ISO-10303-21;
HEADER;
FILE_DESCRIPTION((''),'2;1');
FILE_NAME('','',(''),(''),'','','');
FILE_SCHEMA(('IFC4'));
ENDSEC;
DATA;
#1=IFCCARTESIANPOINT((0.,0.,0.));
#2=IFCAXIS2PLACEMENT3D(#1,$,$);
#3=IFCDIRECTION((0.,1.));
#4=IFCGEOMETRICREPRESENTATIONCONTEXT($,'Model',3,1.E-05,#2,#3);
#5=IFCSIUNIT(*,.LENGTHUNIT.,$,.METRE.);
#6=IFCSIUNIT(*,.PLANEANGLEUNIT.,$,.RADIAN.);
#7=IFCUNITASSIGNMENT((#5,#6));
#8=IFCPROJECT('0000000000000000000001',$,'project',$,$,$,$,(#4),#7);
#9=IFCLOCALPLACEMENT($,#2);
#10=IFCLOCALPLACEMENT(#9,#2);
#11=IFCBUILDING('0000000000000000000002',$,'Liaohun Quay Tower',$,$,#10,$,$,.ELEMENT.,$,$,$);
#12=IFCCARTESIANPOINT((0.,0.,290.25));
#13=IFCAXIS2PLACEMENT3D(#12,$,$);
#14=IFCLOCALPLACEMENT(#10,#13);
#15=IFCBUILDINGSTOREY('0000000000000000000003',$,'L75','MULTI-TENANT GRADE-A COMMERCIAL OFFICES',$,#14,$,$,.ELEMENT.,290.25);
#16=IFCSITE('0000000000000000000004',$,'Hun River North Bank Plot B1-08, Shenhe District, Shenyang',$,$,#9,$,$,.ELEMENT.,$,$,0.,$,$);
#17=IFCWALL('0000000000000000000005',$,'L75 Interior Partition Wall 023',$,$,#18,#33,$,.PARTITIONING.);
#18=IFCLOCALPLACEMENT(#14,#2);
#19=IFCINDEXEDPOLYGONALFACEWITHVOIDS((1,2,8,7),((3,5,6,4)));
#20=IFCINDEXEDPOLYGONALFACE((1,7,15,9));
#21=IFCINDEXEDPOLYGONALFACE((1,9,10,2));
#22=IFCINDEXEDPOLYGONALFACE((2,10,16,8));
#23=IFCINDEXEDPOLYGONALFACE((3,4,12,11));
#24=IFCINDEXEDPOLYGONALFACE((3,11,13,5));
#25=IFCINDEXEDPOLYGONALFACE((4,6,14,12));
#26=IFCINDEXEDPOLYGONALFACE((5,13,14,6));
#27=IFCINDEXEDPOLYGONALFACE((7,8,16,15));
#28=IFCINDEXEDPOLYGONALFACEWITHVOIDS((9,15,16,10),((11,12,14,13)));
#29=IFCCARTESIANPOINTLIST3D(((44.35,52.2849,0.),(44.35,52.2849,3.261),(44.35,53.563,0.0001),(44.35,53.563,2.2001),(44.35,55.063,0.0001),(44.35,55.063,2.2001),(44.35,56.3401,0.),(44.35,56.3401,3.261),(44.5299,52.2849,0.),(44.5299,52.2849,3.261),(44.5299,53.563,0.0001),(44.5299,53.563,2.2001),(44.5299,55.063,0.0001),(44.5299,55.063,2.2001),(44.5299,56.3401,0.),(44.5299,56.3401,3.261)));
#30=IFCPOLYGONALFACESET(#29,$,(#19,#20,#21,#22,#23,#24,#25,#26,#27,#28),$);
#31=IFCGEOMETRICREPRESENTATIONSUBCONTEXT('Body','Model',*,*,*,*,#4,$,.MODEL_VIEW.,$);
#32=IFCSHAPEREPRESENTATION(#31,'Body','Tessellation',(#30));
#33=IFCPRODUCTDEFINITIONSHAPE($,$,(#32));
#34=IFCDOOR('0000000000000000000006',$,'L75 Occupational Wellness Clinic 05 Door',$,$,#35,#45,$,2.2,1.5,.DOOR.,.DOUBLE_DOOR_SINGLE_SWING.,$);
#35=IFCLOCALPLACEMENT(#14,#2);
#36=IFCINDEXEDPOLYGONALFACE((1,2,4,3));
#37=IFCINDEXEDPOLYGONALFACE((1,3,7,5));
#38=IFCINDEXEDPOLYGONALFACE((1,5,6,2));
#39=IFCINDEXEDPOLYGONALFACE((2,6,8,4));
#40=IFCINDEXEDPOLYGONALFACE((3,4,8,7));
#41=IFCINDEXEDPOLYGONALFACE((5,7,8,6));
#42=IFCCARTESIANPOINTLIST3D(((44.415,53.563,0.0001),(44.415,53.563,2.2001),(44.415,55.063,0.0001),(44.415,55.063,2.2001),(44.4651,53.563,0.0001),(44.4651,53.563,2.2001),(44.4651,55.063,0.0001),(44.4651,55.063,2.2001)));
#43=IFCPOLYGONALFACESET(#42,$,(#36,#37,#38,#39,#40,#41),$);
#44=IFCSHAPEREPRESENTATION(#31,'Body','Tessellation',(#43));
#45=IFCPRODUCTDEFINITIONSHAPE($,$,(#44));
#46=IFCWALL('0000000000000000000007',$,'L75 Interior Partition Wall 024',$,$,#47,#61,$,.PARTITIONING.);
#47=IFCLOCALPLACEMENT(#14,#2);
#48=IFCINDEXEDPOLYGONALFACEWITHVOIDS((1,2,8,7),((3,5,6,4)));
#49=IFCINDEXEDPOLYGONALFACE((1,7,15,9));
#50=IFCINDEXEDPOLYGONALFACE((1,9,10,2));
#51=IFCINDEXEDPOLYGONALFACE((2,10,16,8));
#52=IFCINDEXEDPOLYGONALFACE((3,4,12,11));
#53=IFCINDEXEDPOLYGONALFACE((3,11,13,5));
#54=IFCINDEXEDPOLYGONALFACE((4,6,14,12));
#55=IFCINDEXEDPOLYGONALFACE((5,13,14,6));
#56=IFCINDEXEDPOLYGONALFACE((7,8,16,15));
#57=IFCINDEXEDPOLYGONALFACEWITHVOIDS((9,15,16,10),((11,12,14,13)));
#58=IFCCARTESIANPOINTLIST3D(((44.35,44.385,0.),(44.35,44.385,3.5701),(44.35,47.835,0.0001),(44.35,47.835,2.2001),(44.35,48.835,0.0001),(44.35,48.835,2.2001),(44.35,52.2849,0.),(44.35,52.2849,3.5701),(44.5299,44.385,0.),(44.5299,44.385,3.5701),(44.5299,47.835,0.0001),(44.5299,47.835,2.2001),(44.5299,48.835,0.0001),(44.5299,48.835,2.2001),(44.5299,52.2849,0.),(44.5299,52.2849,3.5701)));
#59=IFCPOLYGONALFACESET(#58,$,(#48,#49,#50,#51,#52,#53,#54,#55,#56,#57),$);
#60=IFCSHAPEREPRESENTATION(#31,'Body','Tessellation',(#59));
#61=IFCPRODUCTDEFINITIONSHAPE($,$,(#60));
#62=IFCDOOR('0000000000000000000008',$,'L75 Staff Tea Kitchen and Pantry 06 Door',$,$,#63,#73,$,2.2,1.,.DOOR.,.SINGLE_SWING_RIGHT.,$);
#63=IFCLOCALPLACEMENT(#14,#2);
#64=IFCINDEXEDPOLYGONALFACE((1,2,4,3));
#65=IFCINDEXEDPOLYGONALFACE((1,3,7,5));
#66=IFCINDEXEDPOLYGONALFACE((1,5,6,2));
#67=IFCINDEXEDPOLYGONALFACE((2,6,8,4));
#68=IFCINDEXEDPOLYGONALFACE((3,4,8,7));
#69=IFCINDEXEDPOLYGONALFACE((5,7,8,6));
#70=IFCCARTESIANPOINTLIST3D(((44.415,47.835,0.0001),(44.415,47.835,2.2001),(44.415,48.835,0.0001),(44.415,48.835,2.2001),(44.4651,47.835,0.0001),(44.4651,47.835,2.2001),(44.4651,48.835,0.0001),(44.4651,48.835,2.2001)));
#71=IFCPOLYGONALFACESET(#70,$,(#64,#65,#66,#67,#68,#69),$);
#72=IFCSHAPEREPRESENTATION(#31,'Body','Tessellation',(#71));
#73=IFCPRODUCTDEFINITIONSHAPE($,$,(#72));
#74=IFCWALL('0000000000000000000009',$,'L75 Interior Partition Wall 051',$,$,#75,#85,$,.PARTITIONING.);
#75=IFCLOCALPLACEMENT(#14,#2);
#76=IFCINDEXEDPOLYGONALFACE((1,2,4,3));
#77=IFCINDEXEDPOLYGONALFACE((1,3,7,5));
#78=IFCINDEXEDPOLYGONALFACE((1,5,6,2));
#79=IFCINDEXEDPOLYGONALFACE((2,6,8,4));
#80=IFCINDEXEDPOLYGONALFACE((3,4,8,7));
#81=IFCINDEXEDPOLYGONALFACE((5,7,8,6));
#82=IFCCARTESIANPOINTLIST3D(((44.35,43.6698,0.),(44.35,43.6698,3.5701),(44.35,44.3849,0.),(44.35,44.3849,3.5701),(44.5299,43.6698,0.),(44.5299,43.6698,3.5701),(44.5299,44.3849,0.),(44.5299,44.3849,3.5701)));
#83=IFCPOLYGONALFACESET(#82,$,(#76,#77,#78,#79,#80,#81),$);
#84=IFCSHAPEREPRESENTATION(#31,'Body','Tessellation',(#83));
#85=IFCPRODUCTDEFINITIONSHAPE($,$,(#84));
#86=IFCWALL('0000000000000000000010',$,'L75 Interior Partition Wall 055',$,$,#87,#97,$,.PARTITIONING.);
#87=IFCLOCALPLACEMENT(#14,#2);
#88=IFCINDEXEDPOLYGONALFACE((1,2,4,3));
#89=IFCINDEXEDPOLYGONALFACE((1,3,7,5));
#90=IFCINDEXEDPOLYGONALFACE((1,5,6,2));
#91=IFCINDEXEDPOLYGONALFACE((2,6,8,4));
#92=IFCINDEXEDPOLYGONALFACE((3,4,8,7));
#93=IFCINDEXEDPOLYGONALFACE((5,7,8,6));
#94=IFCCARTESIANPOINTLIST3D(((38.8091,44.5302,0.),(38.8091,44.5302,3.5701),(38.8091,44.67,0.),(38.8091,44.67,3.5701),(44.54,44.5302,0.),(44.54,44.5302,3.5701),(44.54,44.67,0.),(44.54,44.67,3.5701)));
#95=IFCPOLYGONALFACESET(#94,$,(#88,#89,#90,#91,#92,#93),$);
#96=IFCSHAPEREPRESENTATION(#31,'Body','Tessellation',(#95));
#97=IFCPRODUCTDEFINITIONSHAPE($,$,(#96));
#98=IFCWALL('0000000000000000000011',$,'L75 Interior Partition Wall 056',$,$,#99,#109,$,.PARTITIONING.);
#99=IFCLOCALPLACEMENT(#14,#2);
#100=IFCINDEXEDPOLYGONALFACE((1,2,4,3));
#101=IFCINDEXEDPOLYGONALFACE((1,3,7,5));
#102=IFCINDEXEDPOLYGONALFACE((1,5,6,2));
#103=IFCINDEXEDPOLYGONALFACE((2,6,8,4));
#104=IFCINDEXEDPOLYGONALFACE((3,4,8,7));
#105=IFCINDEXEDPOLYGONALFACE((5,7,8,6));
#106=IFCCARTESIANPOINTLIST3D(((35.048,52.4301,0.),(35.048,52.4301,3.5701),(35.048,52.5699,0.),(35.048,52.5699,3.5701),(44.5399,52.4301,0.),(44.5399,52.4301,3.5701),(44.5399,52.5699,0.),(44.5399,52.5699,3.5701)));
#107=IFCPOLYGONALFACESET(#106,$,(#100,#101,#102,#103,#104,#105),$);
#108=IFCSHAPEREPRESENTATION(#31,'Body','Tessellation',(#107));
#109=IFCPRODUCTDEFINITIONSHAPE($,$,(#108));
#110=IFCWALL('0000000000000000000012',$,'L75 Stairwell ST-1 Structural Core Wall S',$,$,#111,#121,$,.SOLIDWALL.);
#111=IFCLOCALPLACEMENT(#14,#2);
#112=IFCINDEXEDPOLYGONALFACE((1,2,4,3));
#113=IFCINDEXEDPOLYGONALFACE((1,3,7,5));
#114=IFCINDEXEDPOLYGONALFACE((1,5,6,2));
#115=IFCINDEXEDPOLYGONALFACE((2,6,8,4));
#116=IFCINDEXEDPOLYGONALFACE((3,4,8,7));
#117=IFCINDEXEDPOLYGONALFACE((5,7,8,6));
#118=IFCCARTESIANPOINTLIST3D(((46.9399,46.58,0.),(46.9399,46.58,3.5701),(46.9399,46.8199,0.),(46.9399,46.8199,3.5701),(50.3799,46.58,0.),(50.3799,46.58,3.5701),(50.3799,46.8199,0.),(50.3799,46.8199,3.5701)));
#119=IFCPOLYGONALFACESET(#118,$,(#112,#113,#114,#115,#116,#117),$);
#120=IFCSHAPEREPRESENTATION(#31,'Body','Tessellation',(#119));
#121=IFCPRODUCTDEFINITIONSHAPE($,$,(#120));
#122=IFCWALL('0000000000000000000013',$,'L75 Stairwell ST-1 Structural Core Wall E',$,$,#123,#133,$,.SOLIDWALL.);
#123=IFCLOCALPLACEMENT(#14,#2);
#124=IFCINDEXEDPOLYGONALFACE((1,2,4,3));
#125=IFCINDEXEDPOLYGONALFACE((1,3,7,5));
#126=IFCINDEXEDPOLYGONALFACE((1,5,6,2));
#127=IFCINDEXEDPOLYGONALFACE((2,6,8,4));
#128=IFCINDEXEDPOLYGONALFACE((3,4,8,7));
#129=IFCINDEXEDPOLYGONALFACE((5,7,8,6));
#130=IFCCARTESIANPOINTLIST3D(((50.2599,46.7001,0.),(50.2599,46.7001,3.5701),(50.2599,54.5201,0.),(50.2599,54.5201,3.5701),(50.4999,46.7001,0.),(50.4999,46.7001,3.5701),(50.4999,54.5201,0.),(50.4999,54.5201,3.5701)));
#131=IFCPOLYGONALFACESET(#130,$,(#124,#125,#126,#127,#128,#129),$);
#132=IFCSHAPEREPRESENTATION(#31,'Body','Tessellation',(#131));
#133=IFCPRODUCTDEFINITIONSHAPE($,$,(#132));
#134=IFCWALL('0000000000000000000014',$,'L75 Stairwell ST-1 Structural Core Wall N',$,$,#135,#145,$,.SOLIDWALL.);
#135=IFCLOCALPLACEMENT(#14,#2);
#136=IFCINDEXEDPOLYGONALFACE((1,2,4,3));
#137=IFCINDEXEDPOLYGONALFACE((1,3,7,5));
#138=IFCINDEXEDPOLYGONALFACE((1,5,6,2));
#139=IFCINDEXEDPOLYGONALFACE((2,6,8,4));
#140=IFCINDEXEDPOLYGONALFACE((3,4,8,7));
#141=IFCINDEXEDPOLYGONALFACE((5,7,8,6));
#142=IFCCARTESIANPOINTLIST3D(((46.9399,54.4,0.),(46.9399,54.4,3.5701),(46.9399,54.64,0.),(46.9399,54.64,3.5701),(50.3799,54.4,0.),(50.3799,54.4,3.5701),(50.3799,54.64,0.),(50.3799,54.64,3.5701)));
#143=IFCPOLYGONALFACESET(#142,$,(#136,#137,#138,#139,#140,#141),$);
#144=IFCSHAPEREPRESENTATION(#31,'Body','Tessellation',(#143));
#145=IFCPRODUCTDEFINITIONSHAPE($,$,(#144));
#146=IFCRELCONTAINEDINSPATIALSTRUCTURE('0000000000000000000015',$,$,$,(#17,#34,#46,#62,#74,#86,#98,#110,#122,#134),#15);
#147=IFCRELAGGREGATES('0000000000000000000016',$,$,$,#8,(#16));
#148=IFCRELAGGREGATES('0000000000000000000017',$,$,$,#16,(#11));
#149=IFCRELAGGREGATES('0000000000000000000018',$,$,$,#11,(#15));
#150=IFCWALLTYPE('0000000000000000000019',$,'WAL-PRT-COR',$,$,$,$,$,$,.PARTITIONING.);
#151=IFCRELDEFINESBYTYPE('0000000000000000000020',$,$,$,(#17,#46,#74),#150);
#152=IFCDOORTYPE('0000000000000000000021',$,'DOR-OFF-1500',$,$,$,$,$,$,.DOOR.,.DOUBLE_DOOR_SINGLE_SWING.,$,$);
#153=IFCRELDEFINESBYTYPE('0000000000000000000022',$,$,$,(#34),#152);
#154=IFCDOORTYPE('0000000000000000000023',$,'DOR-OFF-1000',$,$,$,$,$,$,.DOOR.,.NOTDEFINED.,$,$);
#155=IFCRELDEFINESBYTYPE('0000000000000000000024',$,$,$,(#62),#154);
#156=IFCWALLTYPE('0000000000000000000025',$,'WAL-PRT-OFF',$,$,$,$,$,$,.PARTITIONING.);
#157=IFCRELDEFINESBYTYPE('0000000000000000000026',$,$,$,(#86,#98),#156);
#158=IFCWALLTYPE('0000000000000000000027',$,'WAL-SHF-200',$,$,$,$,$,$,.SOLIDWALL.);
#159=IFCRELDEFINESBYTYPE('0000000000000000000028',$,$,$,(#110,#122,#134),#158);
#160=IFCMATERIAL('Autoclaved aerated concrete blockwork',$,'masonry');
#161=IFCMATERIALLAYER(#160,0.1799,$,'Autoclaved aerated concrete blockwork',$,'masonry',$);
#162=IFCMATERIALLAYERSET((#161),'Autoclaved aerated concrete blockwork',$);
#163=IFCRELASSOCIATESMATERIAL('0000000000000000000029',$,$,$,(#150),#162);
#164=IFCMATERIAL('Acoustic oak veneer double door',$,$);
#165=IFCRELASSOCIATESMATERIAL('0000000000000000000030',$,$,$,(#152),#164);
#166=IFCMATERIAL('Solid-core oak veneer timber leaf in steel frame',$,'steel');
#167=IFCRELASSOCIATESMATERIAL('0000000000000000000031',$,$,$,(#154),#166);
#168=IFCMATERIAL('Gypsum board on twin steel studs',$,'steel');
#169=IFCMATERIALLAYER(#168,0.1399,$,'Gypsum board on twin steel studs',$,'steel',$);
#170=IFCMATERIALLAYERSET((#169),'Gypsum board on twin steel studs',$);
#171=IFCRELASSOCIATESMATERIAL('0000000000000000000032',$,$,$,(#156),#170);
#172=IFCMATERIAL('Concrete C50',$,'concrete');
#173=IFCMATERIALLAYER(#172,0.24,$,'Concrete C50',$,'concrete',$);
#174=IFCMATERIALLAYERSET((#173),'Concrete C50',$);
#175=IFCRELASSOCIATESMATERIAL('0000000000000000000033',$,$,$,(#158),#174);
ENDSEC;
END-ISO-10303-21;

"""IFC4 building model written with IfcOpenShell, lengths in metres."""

from ifc_helpers import new_model, si_unit, direction, frame, frame_2d, origin, place, context, subcontext, project, spatial, rectangle, extrude, source, transform, mapped, material, layer, layer_set, type_object, element, fill, save


model = new_model("IFC4")

# Units and contexts
model_context = context("Model", 3, precision=1e-05, world=origin(), true_north=direction((0.0, 1.0)))
body_context = subcontext(model_context, "Body", "Model", "MODEL_VIEW")
ifc_project = project(units=[si_unit("LENGTHUNIT", "METRE"), si_unit("PLANEANGLEUNIT", "RADIAN")], contexts=[model_context])

# Site, building, storey
site_placement = place(None, origin())
site = spatial("IfcSite", under=ifc_project, at=site_placement, Name="Hun River North Bank Plot B1-08, Shenhe District, Shenyang", CompositionType="ELEMENT", RefElevation=0.0)
building_placement = place(site_placement, origin())
building = spatial("IfcBuilding", under=site, at=building_placement, Name="Liaohun Quay Tower", CompositionType="ELEMENT")
storey_placement = place(building_placement, frame((0.0, 0.0, 290.25)))
storey = spatial("IfcBuildingStorey", under=building, at=storey_placement, Name="L75", Description="MULTI-TENANT GRADE-A COMMERCIAL OFFICES", CompositionType="ELEMENT", Elevation=290.25)

# Shared definitions
ifc_material_1 = material(Name="Concrete C50", Category="concrete")

# Walls, openings, doors
ifc_material_2 = material(Name="Autoclaved aerated concrete blockwork", Category="masonry")
ifc_layer_1 = layer(ifc_material_2, 0.1799, Name="Autoclaved aerated concrete blockwork", Category="masonry")
ifc_layer_set_1 = layer_set([ifc_layer_1], Name="Autoclaved aerated concrete blockwork")
wall_type_1 = type_object("IfcWallType", Name="WAL-PRT-COR", PredefinedType="PARTITIONING", material=ifc_layer_set_1)
wall_1_placement = place(storey_placement, frame((44.4399, 52.2849, 0.0), z_axis=(0.0, 0.0, 1.0), x_axis=(0.0, 1.0, 0.0)))
wall_1 = element("IfcWall", 1, at=wall_1_placement, inside=storey, type_object=wall_type_1, Name="L75 Interior Partition Wall 023", PredefinedType="PARTITIONING", context=body_context, shape_type="SweptSolid", body=[
    extrude(rectangle(XDim=4.0552, YDim=0.1799, at=frame_2d((2.0276, 0.0))), origin(), (0.0, 0.0, 1.0), 3.261),
])
shared_shape_1 = source(origin(), body_context, "Body", "SweptSolid", [
    extrude(rectangle(XDim=1.5, YDim=2.2, at=frame_2d((0.75, 1.1001))), frame((0.0, 0.0999, 0.0), z_axis=(0.0, -1.0, 0.0), x_axis=(1.0, 0.0, 0.0)), (0.0, 0.0, 1.0), 0.2),
])
opening_1_placement = place(wall_1_placement, frame((1.2781, 0.0, 0.0)))
opening_1 = element("IfcOpeningElement", 2, at=opening_1_placement, cuts=wall_1, PredefinedType="OPENING", context=body_context, shape_type="MappedRepresentation", body=[
    mapped(shared_shape_1, transform((0.0, 0.0, 0.0), x_axis=(1.0, 0.0, 0.0), y_axis=(0.0, 1.0, 0.0), z_axis=(0.0, 0.0, 1.0), scale=1.0)),
])
ifc_material_3 = material(Name="Acoustic oak veneer double door")
door_type_1 = type_object("IfcDoorType", Name="DOR-OFF-1500", OperationType="DOUBLE_DOOR_SINGLE_SWING", PredefinedType="DOOR", material=ifc_material_3)
shared_shape_2 = source(origin(), body_context, "Body", "SweptSolid", [
    extrude(rectangle(XDim=1.5, YDim=2.2, at=frame_2d((0.75, 1.1001))), frame((0.0, 0.0249, 0.0), z_axis=(0.0, -1.0, 0.0), x_axis=(1.0, 0.0, 0.0)), (0.0, 0.0, 1.0), 0.05),
])
door_1_placement = place(opening_1_placement, origin())
door_1 = element("IfcDoor", 3, at=door_1_placement, inside=storey, type_object=door_type_1, Name="L75 Occupational Wellness Clinic 05 Door", OperationType="DOUBLE_DOOR_SINGLE_SWING", OverallHeight=2.2, OverallWidth=1.5, PredefinedType="DOOR", context=body_context, shape_type="MappedRepresentation", body=[
    mapped(shared_shape_2, transform((0.0, 0.0, 0.0), x_axis=(1.0, 0.0, 0.0), y_axis=(0.0, 1.0, 0.0), z_axis=(0.0, 0.0, 1.0), scale=1.0)),
])
fill(opening_1, door_1)
wall_2_placement = place(storey_placement, frame((44.4399, 44.385, 0.0), z_axis=(0.0, 0.0, 1.0), x_axis=(0.0, 1.0, 0.0)))
wall_2 = element("IfcWall", 4, at=wall_2_placement, inside=storey, type_object=wall_type_1, Name="L75 Interior Partition Wall 024", PredefinedType="PARTITIONING", context=body_context, shape_type="SweptSolid", body=[
    extrude(rectangle(XDim=7.8999, YDim=0.1799, at=frame_2d((3.95, 0.0))), origin(), (0.0, 0.0, 1.0), 3.5701),
])
shared_shape_3 = source(origin(), body_context, "Body", "SweptSolid", [
    extrude(rectangle(XDim=1.0, YDim=2.2, at=frame_2d((0.5, 1.1001))), frame((0.0, 0.0999, 0.0), z_axis=(0.0, -1.0, 0.0), x_axis=(1.0, 0.0, 0.0)), (0.0, 0.0, 1.0), 0.2),
])
opening_2_placement = place(wall_2_placement, frame((3.45, 0.0, 0.0)))
opening_2 = element("IfcOpeningElement", 5, at=opening_2_placement, cuts=wall_2, PredefinedType="OPENING", context=body_context, shape_type="MappedRepresentation", body=[
    mapped(shared_shape_3, transform((0.0, 0.0, 0.0), x_axis=(1.0, 0.0, 0.0), y_axis=(0.0, 1.0, 0.0), z_axis=(0.0, 0.0, 1.0), scale=1.0)),
])
ifc_material_4 = material(Name="Solid-core oak veneer timber leaf in steel frame", Category="steel")
door_type_2 = type_object("IfcDoorType", Name="DOR-OFF-1000", OperationType="NOTDEFINED", PredefinedType="DOOR", material=ifc_material_4)
shared_shape_4 = source(origin(), body_context, "Body", "SweptSolid", [
    extrude(rectangle(XDim=1.0, YDim=2.2, at=frame_2d((0.5, 1.1001))), frame((0.0, 0.0249, 0.0), z_axis=(0.0, -1.0, 0.0), x_axis=(1.0, 0.0, 0.0)), (0.0, 0.0, 1.0), 0.05),
])
door_2_placement = place(opening_2_placement, origin())
door_2 = element("IfcDoor", 6, at=door_2_placement, inside=storey, type_object=door_type_2, Name="L75 Staff Tea Kitchen and Pantry 06 Door", OperationType="SINGLE_SWING_RIGHT", OverallHeight=2.2, OverallWidth=1.0, PredefinedType="DOOR", context=body_context, shape_type="MappedRepresentation", body=[
    mapped(shared_shape_4, transform((0.0, 0.0, 0.0), x_axis=(1.0, 0.0, 0.0), y_axis=(0.0, 1.0, 0.0), z_axis=(0.0, 0.0, 1.0), scale=1.0)),
])
fill(opening_2, door_2)

# Walls
wall_3_placement = place(storey_placement, frame((44.4399, 43.6699, 0.0), z_axis=(0.0, 0.0, 1.0), x_axis=(0.0, 1.0, 0.0)))
element("IfcWall", 7, at=wall_3_placement, inside=storey, type_object=wall_type_1, Name="L75 Interior Partition Wall 051", PredefinedType="PARTITIONING", context=body_context, shape_type="SweptSolid", body=[
    extrude(rectangle(XDim=0.7151, YDim=0.1799, at=frame_2d((0.3574, 0.0))), origin(), (0.0, 0.0, 1.0), 3.5701),
])
ifc_material_5 = material(Name="Gypsum board on twin steel studs", Category="steel")
ifc_layer_2 = layer(ifc_material_5, 0.1399, Name="Gypsum board on twin steel studs", Category="steel")
ifc_layer_set_2 = layer_set([ifc_layer_2], Name="Gypsum board on twin steel studs")
wall_type_2 = type_object("IfcWallType", Name="WAL-PRT-OFF", PredefinedType="PARTITIONING", material=ifc_layer_set_2)
wall_4_placement = place(storey_placement, frame((44.54, 44.6001, 0.0), z_axis=(0.0, 0.0, 1.0), x_axis=(-1.0, 0.0, 0.0)))
element("IfcWall", 8, at=wall_4_placement, inside=storey, type_object=wall_type_2, Name="L75 Interior Partition Wall 055", PredefinedType="PARTITIONING", context=body_context, shape_type="SweptSolid", body=[
    extrude(rectangle(XDim=5.731, YDim=0.1399, at=frame_2d((2.8655, 0.0))), origin(), (0.0, 0.0, 1.0), 3.5701),
])
wall_5_placement = place(storey_placement, frame((44.54, 52.5, 0.0), z_axis=(0.0, 0.0, 1.0), x_axis=(-1.0, 0.0, 0.0)))
element("IfcWall", 9, at=wall_5_placement, inside=storey, type_object=wall_type_2, Name="L75 Interior Partition Wall 056", PredefinedType="PARTITIONING", context=body_context, shape_type="SweptSolid", body=[
    extrude(rectangle(XDim=9.4919, YDim=0.1399, at=frame_2d((4.7461, 0.0))), origin(), (0.0, 0.0, 1.0), 3.5701),
])
ifc_layer_3 = layer(ifc_material_1, 0.24, Name="Concrete C50", Category="concrete")
ifc_layer_set_3 = layer_set([ifc_layer_3], Name="Concrete C50")
wall_type_3 = type_object("IfcWallType", Name="WAL-SHF-200", PredefinedType="SOLIDWALL", material=ifc_layer_set_3)
wall_6_placement = place(storey_placement, frame((46.9399, 46.7, 0.0), z_axis=(0.0, 0.0, 1.0), x_axis=(1.0, 0.0, 0.0)))
element("IfcWall", 10, at=wall_6_placement, inside=storey, type_object=wall_type_3, Name="L75 Stairwell ST-1 Structural Core Wall S", PredefinedType="SOLIDWALL", context=body_context, shape_type="SweptSolid", body=[
    extrude(rectangle(XDim=3.4399, YDim=0.24, at=frame_2d((1.72, 0.0))), origin(), (0.0, 0.0, 1.0), 3.5701),
])
wall_7_placement = place(storey_placement, frame((50.3799, 46.7, 0.0), z_axis=(0.0, 0.0, 1.0), x_axis=(0.0, 1.0, 0.0)))
element("IfcWall", 11, at=wall_7_placement, inside=storey, type_object=wall_type_3, Name="L75 Stairwell ST-1 Structural Core Wall E", PredefinedType="SOLIDWALL", context=body_context, shape_type="SweptSolid", body=[
    extrude(rectangle(XDim=7.8201, YDim=0.24, at=frame_2d((3.9102, 0.0))), origin(), (0.0, 0.0, 1.0), 3.5701),
])
wall_8_placement = place(storey_placement, frame((50.3799, 54.52, 0.0), z_axis=(0.0, 0.0, 1.0), x_axis=(-1.0, 0.0, 0.0)))
element("IfcWall", 12, at=wall_8_placement, inside=storey, type_object=wall_type_3, Name="L75 Stairwell ST-1 Structural Core Wall N", PredefinedType="SOLIDWALL", context=body_context, shape_type="SweptSolid", body=[
    extrude(rectangle(XDim=3.4399, YDim=0.24, at=frame_2d((1.72, 0.0))), origin(), (0.0, 0.0, 1.0), 3.5701),
])

save(model, "model.ifc")
